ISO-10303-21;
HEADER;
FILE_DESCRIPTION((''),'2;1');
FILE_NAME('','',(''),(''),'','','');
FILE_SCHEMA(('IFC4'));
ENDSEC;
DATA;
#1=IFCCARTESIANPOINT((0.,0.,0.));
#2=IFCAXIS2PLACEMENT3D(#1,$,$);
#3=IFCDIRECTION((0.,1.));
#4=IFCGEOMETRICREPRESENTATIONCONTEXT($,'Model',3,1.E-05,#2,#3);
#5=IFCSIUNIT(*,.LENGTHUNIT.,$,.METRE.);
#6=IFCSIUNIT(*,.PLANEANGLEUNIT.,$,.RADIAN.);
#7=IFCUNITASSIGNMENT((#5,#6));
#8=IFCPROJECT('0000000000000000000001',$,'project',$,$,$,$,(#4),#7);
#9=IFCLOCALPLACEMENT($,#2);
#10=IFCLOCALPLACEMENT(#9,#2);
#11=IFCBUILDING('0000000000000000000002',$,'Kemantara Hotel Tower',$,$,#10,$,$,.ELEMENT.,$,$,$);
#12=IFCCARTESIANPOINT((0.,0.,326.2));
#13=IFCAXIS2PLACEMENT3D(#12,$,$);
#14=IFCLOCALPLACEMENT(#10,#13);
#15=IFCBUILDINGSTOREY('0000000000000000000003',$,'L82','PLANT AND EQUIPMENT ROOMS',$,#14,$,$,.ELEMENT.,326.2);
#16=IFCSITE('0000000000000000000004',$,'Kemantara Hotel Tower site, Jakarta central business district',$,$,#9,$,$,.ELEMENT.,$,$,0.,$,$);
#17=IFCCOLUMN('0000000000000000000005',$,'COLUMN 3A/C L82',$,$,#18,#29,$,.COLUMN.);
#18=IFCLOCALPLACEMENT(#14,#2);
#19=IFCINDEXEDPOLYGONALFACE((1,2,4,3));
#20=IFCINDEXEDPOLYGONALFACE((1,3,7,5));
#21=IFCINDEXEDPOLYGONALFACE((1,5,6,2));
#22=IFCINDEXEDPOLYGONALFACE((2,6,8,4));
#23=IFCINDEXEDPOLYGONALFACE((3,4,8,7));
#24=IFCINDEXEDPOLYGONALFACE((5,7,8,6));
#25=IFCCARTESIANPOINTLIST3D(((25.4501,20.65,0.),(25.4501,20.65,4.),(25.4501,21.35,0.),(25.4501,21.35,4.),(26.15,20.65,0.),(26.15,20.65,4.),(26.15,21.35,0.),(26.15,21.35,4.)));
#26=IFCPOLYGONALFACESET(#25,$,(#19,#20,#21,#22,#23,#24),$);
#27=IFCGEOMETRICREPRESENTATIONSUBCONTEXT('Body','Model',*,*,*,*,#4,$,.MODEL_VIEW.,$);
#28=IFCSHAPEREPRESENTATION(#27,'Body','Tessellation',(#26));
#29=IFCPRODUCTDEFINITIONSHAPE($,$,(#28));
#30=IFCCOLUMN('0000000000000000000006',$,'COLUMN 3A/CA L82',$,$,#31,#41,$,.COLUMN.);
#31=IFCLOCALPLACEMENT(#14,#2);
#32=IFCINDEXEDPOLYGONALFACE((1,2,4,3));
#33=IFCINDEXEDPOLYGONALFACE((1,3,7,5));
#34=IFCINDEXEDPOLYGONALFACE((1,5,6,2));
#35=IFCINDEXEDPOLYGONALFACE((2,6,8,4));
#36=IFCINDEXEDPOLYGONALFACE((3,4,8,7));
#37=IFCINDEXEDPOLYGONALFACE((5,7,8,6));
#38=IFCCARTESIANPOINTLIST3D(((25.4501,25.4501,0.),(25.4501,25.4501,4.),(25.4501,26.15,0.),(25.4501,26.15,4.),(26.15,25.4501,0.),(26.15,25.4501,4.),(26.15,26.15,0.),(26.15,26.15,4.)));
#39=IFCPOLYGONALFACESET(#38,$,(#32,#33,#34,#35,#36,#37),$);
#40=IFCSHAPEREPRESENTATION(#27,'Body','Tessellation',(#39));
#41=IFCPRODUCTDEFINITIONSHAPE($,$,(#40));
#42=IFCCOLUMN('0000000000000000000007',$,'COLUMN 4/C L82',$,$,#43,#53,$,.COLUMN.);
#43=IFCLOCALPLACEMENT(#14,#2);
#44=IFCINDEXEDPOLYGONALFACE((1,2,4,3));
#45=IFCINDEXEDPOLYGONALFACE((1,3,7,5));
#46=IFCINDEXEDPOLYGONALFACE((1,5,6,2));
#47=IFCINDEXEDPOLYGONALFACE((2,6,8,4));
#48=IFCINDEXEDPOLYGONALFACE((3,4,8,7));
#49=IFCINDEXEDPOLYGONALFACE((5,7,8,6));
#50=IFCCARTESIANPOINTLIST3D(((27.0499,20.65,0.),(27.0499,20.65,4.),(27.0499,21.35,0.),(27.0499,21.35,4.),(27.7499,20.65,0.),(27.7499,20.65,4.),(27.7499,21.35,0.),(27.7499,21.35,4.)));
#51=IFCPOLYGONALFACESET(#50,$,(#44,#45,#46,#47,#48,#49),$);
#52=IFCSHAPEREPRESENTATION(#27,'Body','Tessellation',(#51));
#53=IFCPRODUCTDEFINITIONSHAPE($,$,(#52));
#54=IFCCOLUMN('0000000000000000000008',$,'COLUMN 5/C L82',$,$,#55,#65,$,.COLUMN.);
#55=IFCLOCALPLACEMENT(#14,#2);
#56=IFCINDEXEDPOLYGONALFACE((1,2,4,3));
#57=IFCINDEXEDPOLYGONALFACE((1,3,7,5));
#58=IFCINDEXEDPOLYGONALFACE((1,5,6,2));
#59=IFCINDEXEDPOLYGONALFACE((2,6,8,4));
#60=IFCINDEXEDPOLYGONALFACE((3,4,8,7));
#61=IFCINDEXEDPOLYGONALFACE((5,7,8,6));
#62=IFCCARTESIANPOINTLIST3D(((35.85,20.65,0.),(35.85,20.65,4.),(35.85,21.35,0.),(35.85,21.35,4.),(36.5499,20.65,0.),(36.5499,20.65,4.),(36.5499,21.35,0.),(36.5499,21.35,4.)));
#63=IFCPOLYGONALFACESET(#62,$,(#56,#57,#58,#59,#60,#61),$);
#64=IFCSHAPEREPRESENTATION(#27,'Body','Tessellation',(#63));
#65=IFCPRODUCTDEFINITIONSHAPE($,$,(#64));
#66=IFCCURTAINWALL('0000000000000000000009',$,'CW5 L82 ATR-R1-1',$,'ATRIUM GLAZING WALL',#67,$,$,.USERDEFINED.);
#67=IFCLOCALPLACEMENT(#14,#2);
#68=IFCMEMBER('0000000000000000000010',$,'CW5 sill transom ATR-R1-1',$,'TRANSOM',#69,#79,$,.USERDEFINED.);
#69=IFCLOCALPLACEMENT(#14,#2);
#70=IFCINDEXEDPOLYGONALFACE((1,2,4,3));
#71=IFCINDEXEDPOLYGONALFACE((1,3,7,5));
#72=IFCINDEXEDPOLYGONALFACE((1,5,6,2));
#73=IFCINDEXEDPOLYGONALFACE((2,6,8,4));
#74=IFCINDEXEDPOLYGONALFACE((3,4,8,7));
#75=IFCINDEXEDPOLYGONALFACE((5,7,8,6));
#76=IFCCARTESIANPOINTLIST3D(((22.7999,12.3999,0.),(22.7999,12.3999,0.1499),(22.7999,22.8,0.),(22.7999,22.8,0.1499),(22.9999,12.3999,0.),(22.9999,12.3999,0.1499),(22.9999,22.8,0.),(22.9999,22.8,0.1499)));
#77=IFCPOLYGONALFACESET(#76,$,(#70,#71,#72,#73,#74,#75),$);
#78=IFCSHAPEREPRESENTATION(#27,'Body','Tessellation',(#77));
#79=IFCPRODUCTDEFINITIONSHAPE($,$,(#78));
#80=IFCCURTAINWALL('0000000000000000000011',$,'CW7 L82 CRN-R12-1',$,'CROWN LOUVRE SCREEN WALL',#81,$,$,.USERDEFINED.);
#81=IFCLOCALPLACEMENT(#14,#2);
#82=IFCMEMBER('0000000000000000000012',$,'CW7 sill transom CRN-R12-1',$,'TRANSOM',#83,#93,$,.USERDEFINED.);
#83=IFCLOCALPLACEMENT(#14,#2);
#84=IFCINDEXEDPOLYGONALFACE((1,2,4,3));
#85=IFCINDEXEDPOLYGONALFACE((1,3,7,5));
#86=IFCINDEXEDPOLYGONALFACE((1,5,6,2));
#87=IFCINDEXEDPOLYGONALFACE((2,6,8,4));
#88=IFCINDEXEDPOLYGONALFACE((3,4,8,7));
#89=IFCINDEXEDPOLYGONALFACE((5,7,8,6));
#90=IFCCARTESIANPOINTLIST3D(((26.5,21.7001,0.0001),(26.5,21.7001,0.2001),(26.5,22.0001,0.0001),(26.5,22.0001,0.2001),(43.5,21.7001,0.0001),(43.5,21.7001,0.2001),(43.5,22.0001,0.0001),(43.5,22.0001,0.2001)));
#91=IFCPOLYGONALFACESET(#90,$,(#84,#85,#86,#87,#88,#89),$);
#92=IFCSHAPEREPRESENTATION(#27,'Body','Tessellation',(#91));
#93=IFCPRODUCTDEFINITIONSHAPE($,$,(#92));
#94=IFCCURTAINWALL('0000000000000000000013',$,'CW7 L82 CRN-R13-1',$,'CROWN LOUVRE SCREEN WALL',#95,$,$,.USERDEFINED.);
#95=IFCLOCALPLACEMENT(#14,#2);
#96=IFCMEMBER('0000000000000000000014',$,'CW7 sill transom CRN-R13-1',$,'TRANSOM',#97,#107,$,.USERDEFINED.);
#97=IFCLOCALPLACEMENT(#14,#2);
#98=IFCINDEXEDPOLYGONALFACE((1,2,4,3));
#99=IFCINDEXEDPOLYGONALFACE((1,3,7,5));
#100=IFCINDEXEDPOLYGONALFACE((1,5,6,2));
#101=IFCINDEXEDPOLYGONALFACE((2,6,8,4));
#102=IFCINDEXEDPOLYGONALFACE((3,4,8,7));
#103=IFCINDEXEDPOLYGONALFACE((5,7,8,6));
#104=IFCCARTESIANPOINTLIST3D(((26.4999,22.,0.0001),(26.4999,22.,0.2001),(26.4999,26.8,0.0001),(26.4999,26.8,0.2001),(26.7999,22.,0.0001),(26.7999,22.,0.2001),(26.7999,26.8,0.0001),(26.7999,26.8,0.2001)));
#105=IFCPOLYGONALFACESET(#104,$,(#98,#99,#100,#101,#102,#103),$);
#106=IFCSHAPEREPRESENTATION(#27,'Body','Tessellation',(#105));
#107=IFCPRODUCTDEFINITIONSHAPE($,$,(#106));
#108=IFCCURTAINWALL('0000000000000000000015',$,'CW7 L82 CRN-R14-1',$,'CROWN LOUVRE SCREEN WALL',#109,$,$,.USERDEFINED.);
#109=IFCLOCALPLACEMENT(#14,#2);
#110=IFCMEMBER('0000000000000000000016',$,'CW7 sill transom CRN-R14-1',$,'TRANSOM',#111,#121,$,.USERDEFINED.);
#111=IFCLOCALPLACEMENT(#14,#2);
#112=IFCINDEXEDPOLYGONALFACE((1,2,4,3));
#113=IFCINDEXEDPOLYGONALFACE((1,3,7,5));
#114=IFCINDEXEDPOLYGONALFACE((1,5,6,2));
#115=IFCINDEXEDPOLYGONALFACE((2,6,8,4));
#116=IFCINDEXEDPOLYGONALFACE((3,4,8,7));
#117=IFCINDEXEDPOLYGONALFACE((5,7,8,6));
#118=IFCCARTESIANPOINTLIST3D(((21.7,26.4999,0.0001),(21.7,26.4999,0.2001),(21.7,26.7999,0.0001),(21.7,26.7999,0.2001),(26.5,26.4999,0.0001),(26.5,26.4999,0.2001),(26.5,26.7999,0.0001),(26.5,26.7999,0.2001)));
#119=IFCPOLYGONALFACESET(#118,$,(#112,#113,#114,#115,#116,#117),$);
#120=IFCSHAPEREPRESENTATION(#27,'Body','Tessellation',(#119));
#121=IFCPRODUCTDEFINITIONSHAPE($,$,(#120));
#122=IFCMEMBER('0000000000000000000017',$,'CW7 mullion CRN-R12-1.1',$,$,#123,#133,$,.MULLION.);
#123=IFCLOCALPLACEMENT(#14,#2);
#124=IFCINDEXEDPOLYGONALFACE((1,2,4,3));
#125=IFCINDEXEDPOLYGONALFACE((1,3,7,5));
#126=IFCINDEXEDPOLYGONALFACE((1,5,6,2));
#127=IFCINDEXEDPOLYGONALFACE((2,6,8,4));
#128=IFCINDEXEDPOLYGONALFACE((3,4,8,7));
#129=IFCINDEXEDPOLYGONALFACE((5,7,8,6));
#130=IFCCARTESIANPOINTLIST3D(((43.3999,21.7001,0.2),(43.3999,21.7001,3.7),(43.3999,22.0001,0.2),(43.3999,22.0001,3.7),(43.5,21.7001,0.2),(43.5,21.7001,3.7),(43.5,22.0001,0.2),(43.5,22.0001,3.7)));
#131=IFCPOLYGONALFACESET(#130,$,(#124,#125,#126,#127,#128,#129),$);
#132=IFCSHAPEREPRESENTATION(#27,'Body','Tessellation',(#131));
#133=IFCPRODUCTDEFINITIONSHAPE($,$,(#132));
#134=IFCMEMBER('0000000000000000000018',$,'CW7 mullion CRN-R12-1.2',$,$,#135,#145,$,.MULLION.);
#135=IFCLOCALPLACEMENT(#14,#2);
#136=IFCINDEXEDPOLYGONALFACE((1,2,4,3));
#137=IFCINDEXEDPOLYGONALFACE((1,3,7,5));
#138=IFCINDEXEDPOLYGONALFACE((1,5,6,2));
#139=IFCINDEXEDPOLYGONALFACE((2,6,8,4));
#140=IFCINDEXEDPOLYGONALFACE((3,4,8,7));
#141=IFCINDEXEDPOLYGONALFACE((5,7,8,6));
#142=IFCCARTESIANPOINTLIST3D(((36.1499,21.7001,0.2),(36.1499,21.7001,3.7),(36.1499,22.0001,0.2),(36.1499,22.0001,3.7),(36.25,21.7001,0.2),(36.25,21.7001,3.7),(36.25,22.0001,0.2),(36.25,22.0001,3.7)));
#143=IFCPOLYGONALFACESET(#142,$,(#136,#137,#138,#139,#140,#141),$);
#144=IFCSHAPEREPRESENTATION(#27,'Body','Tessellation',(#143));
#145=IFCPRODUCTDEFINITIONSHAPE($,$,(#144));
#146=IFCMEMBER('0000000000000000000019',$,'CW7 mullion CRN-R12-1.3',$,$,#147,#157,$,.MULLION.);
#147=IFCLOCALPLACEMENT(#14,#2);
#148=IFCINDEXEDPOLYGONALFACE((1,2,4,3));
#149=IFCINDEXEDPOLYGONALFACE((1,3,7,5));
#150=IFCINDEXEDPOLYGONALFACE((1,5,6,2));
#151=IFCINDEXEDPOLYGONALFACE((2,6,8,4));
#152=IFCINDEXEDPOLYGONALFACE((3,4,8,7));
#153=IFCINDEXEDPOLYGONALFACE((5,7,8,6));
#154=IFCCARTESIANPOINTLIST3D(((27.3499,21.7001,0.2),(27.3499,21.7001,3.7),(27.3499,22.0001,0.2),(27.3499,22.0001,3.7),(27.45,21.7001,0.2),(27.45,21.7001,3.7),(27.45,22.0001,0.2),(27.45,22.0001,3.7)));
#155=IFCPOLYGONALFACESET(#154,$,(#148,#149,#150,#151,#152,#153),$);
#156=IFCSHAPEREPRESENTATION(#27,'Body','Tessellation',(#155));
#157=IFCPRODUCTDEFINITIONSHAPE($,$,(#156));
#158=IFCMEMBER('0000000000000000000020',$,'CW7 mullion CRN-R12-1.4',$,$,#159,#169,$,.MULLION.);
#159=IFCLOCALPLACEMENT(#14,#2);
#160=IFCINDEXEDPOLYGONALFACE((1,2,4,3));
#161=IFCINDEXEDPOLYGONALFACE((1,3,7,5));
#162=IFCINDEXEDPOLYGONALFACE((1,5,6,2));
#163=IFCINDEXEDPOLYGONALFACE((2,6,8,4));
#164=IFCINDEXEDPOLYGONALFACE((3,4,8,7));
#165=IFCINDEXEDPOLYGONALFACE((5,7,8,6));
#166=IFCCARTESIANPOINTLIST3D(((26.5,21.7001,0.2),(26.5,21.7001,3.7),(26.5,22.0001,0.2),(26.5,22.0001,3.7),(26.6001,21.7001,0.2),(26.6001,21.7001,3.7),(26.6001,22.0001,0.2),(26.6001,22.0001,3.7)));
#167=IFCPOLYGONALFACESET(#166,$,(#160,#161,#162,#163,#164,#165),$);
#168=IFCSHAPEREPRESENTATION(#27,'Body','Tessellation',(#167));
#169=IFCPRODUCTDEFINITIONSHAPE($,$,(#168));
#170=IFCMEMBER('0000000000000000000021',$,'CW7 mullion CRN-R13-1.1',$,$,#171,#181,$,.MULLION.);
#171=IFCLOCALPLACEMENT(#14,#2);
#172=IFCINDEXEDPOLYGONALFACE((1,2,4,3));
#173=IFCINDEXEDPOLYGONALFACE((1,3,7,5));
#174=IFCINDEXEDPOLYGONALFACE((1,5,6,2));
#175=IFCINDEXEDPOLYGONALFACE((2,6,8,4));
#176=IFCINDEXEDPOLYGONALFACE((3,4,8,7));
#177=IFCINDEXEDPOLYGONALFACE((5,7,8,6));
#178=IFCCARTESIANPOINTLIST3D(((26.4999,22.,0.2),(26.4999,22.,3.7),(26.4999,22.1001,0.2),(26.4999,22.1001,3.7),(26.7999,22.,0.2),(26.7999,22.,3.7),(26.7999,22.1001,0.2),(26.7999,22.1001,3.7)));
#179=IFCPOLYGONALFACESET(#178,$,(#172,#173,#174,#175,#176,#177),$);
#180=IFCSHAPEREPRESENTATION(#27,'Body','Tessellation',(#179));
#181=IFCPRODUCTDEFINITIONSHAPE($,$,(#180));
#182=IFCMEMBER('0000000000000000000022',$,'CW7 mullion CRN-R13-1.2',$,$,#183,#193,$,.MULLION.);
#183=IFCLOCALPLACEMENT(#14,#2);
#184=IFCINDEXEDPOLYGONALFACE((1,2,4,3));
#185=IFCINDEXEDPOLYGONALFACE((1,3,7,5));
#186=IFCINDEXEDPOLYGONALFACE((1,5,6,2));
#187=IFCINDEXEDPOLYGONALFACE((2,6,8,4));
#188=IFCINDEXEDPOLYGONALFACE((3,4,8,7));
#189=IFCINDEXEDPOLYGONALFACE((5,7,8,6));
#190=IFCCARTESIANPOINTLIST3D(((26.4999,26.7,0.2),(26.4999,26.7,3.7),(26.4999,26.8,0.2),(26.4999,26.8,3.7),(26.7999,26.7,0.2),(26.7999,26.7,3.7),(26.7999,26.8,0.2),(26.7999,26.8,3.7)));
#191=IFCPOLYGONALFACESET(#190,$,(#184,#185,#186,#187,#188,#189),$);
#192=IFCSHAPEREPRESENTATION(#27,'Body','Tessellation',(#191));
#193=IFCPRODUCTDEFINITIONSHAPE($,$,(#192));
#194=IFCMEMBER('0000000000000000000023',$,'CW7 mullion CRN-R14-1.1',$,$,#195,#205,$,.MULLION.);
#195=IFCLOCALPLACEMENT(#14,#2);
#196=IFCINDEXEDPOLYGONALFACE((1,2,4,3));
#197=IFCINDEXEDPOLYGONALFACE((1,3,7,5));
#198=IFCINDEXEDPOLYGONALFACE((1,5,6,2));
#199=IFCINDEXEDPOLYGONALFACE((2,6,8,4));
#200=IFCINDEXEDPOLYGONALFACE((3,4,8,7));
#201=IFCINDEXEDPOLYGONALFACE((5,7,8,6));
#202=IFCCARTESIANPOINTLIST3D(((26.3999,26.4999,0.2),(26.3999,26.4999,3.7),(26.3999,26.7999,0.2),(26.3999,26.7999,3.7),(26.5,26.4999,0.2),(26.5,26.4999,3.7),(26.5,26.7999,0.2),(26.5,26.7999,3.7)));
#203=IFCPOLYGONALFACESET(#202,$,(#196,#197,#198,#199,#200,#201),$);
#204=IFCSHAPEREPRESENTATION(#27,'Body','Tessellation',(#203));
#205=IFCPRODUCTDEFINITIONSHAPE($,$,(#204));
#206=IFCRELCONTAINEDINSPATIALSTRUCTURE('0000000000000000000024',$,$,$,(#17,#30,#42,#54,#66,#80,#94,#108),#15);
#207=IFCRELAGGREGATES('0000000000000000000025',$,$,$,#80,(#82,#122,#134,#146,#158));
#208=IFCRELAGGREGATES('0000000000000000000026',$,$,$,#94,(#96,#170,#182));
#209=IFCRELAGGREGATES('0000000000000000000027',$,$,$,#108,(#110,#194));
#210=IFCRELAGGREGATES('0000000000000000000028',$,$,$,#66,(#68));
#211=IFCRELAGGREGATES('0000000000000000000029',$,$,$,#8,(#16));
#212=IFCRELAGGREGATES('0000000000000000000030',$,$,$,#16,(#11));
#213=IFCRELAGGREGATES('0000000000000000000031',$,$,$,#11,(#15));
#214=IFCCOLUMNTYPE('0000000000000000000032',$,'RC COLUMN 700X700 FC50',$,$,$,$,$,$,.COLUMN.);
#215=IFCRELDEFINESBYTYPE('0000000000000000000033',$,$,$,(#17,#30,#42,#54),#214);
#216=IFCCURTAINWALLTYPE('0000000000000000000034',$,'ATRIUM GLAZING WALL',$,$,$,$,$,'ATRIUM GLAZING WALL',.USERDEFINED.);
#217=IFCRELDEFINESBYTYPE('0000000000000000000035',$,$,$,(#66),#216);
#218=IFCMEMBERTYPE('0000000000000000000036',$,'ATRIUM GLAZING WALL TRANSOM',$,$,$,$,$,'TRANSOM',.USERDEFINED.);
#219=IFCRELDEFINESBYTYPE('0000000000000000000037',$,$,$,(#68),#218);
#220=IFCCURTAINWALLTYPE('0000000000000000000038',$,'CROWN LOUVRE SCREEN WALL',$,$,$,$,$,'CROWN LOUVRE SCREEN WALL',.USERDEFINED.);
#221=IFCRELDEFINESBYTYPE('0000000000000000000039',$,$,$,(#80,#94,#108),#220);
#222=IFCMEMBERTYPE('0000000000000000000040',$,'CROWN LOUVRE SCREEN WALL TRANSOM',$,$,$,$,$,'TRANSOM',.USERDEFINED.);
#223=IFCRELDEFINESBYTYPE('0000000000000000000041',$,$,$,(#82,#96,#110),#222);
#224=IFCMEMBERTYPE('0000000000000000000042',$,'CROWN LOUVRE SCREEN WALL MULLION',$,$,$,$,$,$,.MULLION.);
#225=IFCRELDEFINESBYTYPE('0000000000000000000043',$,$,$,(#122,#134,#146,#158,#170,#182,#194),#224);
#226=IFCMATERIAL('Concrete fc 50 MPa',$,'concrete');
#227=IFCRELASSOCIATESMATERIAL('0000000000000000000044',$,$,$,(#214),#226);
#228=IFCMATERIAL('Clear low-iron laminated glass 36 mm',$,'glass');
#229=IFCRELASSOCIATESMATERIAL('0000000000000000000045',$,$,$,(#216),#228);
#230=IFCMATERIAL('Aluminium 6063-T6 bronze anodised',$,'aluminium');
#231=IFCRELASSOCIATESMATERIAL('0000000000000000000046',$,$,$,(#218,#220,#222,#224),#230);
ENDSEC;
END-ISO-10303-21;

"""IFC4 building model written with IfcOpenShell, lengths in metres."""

from ifc_helpers import new_model, si_unit, direction, frame, origin, origin_2d, place, context, subcontext, project, spatial, rectangle, extrude, source, transform, mapped, material, material_profile, profile_set, type_object, element, aggregate, save


model = new_model("IFC4")

# Units and contexts
model_context = context("Model", 3, precision=1e-05, world=origin(), true_north=direction((0.0, 1.0)))
body_context = subcontext(model_context, "Body", "Model", "MODEL_VIEW")
ifc_project = project(units=[si_unit("LENGTHUNIT", "METRE"), si_unit("PLANEANGLEUNIT", "RADIAN")], contexts=[model_context])

# Site, building, storey
site_placement = place(None, origin())
site = spatial("IfcSite", under=ifc_project, at=site_placement, Name="Kemantara Hotel Tower site, Jakarta central business district", CompositionType="ELEMENT", RefElevation=0.0)
building_placement = place(site_placement, origin())
building = spatial("IfcBuilding", under=site, at=building_placement, Name="Kemantara Hotel Tower", CompositionType="ELEMENT")
storey_placement = place(building_placement, frame((0.0, 0.0, 326.2)))
storey = spatial("IfcBuildingStorey", under=building, at=storey_placement, Name="L82", Description="PLANT AND EQUIPMENT ROOMS", CompositionType="ELEMENT", Elevation=326.2)

# Columns
ifc_material_1 = material(Name="Concrete fc 50 MPa", Category="concrete")
ifc_material_profile_1 = material_profile(ifc_material_1, rectangle(XDim=0.7, YDim=0.7, at=origin_2d()), Name="RC 700X700")
ifc_profile_set_1 = profile_set([ifc_material_profile_1], Name="Concrete fc 50 MPa")
column_type = type_object("IfcColumnType", Name="RC COLUMN 700X700 FC50", PredefinedType="COLUMN", material=ifc_profile_set_1)
for number, where, z_axis, x_axis, name in (
    (1, (25.8, 21.0, 0.0), (0.0, 0.0, 1.0), (1.0, 0.0, 0.0), "COLUMN 3A/C L82"),
    (2, (25.8, 25.8, 0.0), (0.0, 0.0, 1.0), (1.0, 0.0, 0.0), "COLUMN 3A/CA L82"),
    (3, (27.3999, 21.0, 0.0), (0.0, 0.0, 1.0), (1.0, 0.0, 0.0), "COLUMN 4/C L82"),
    (4, (36.2, 21.0, 0.0), (0.0, 0.0, 1.0), (1.0, 0.0, 0.0), "COLUMN 5/C L82"),
):
    element("IfcColumn", number, at=place(storey_placement, frame(where, z_axis=z_axis, x_axis=x_axis)), inside=storey, type_object=column_type, Name=name, PredefinedType="COLUMN", context=body_context, shape_type="SweptSolid", body=[
        extrude(rectangle(XDim=0.7, YDim=0.7, at=origin_2d()), origin(), (0.0, 0.0, 1.0), 4.0),
    ])

# Curtain walls, members
ifc_material_2 = material(Name="Clear low-iron laminated glass 36 mm", Category="glass")
curtain_wall_type_1 = type_object("IfcCurtainWallType", Name="ATRIUM GLAZING WALL", ElementType="ATRIUM GLAZING WALL", PredefinedType="USERDEFINED", material=ifc_material_2)
curtain_wall_1_placement = place(storey_placement, origin())
curtain_wall_1 = element("IfcCurtainWall", 5, at=curtain_wall_1_placement, inside=storey, type_object=curtain_wall_type_1, Name="CW5 L82 ATR-R1-1", ObjectType="ATRIUM GLAZING WALL", PredefinedType="USERDEFINED")
ifc_material_3 = material(Name="Aluminium 6063-T6 bronze anodised", Category="aluminium")
ifc_material_profile_2 = material_profile(ifc_material_3, rectangle(XDim=0.2, YDim=0.1499, at=origin_2d()), Name="ATRIUM GLAZING WALL TRANSOM")
ifc_profile_set_2 = profile_set([ifc_material_profile_2], Name="Aluminium 6063-T6 bronze anodised")
member_type_1 = type_object("IfcMemberType", Name="ATRIUM GLAZING WALL TRANSOM", ElementType="TRANSOM", PredefinedType="USERDEFINED", material=ifc_profile_set_2)
member_1_placement = place(storey_placement, frame((22.8999, 22.8, 0.075), z_axis=(0.0, -1.0, 0.0), x_axis=(1.0, 0.0, 0.0)))
member_1 = element("IfcMember", 6, at=member_1_placement, type_object=member_type_1, Name="CW5 sill transom ATR-R1-1", ObjectType="TRANSOM", PredefinedType="USERDEFINED", context=body_context, shape_type="SweptSolid", body=[
    extrude(rectangle(XDim=0.2, YDim=0.1499, at=origin_2d()), origin(), (0.0, 0.0, 1.0), 10.4001),
])
curtain_wall_type_2 = type_object("IfcCurtainWallType", Name="CROWN LOUVRE SCREEN WALL", ElementType="CROWN LOUVRE SCREEN WALL", PredefinedType="USERDEFINED", material=ifc_material_3)
curtain_wall_2_placement = place(storey_placement, origin())
curtain_wall_2 = element("IfcCurtainWall", 7, at=curtain_wall_2_placement, inside=storey, type_object=curtain_wall_type_2, Name="CW7 L82 CRN-R12-1", ObjectType="CROWN LOUVRE SCREEN WALL", PredefinedType="USERDEFINED")
ifc_material_profile_3 = material_profile(ifc_material_3, rectangle(XDim=0.3, YDim=0.2, at=origin_2d()), Name="CROWN LOUVRE SCREEN WALL TRANSOM")
ifc_profile_set_3 = profile_set([ifc_material_profile_3], Name="Aluminium 6063-T6 bronze anodised")
member_type_2 = type_object("IfcMemberType", Name="CROWN LOUVRE SCREEN WALL TRANSOM", ElementType="TRANSOM", PredefinedType="USERDEFINED", material=ifc_profile_set_3)
member_2_placement = place(storey_placement, frame((43.5, 21.8501, 0.1001), z_axis=(-1.0, 0.0, 0.0), x_axis=(0.0, -1.0, 0.0)))
member_2 = element("IfcMember", 8, at=member_2_placement, type_object=member_type_2, Name="CW7 sill transom CRN-R12-1", ObjectType="TRANSOM", PredefinedType="USERDEFINED", context=body_context, shape_type="SweptSolid", body=[
    extrude(rectangle(XDim=0.3, YDim=0.2, at=origin_2d()), origin(), (0.0, 0.0, 1.0), 17.0),
])
curtain_wall_3_placement = place(storey_placement, origin())
curtain_wall_3 = element("IfcCurtainWall", 9, at=curtain_wall_3_placement, inside=storey, type_object=curtain_wall_type_2, Name="CW7 L82 CRN-R13-1", ObjectType="CROWN LOUVRE SCREEN WALL", PredefinedType="USERDEFINED")
member_3_placement = place(storey_placement, frame((26.6499, 22.0, 0.1001), z_axis=(0.0, 1.0, 0.0), x_axis=(-1.0, 0.0, 0.0)))
member_3 = element("IfcMember", 10, at=member_3_placement, type_object=member_type_2, Name="CW7 sill transom CRN-R13-1", ObjectType="TRANSOM", PredefinedType="USERDEFINED", context=body_context, shape_type="SweptSolid", body=[
    extrude(rectangle(XDim=0.3, YDim=0.2, at=origin_2d()), origin(), (0.0, 0.0, 1.0), 4.8),
])
curtain_wall_4_placement = place(storey_placement, origin())
curtain_wall_4 = element("IfcCurtainWall", 11, at=curtain_wall_4_placement, inside=storey, type_object=curtain_wall_type_2, Name="CW7 L82 CRN-R14-1", ObjectType="CROWN LOUVRE SCREEN WALL", PredefinedType="USERDEFINED")
member_4_placement = place(storey_placement, frame((26.5, 26.6499, 0.1001), z_axis=(-1.0, 0.0, 0.0), x_axis=(0.0, -1.0, 0.0)))
member_4 = element("IfcMember", 12, at=member_4_placement, type_object=member_type_2, Name="CW7 sill transom CRN-R14-1", ObjectType="TRANSOM", PredefinedType="USERDEFINED", context=body_context, shape_type="SweptSolid", body=[
    extrude(rectangle(XDim=0.3, YDim=0.2, at=origin_2d()), origin(), (0.0, 0.0, 1.0), 4.8),
])

# Members
ifc_material_profile_4 = material_profile(ifc_material_3, rectangle(XDim=0.3, YDim=0.1001, at=origin_2d()), Name="CROWN LOUVRE SCREEN WALL MULLION")
ifc_profile_set_4 = profile_set([ifc_material_profile_4], Name="Aluminium 6063-T6 bronze anodised")
member_type_3 = type_object("IfcMemberType", Name="CROWN LOUVRE SCREEN WALL MULLION", PredefinedType="MULLION", material=ifc_profile_set_4)
shared_shape_1 = source(origin(), body_context, "Body", "SweptSolid", [
    extrude(rectangle(XDim=0.3, YDim=0.1001, at=origin_2d()), origin(), (0.0, 0.0, 1.0), 3.5),
])
member_5_placement = place(storey_placement, frame((43.45, 21.8501, 0.2), z_axis=(0.0, 0.0, 1.0), x_axis=(0.0, -1.0, 0.0)))
member_5 = element("IfcMember", 13, at=member_5_placement, type_object=member_type_3, Name="CW7 mullion CRN-R12-1.1", PredefinedType="MULLION", context=body_context, shape_type="MappedRepresentation", body=[
    mapped(shared_shape_1, transform((0.0, 0.0, 0.0))),
])
member_6_placement = place(storey_placement, frame((36.2, 21.8501, 0.2), z_axis=(0.0, 0.0, 1.0), x_axis=(0.0, -1.0, 0.0)))
member_6 = element("IfcMember", 14, at=member_6_placement, type_object=member_type_3, Name="CW7 mullion CRN-R12-1.2", PredefinedType="MULLION", context=body_context, shape_type="MappedRepresentation", body=[
    mapped(shared_shape_1, transform((0.0, 0.0, 0.0))),
])
member_7_placement = place(storey_placement, frame((27.3999, 21.8501, 0.2), z_axis=(0.0, 0.0, 1.0), x_axis=(0.0, -1.0, 0.0)))
member_7 = element("IfcMember", 15, at=member_7_placement, type_object=member_type_3, Name="CW7 mullion CRN-R12-1.3", PredefinedType="MULLION", context=body_context, shape_type="MappedRepresentation", body=[
    mapped(shared_shape_1, transform((0.0, 0.0, 0.0))),
])
member_8_placement = place(storey_placement, frame((26.55, 21.8501, 0.2), z_axis=(0.0, 0.0, 1.0), x_axis=(0.0, -1.0, 0.0)))
member_8 = element("IfcMember", 16, at=member_8_placement, type_object=member_type_3, Name="CW7 mullion CRN-R12-1.4", PredefinedType="MULLION", context=body_context, shape_type="MappedRepresentation", body=[
    mapped(shared_shape_1, transform((0.0, 0.0, 0.0))),
])
member_9_placement = place(storey_placement, frame((26.6499, 22.05, 0.2), z_axis=(0.0, 0.0, 1.0), x_axis=(-1.0, 0.0, 0.0)))
member_9 = element("IfcMember", 17, at=member_9_placement, type_object=member_type_3, Name="CW7 mullion CRN-R13-1.1", PredefinedType="MULLION", context=body_context, shape_type="MappedRepresentation", body=[
    mapped(shared_shape_1, transform((0.0, 0.0, 0.0))),
])
member_10_placement = place(storey_placement, frame((26.6499, 26.75, 0.2), z_axis=(0.0, 0.0, 1.0), x_axis=(-1.0, 0.0, 0.0)))
member_10 = element("IfcMember", 18, at=member_10_placement, type_object=member_type_3, Name="CW7 mullion CRN-R13-1.2", PredefinedType="MULLION", context=body_context, shape_type="MappedRepresentation", body=[
    mapped(shared_shape_1, transform((0.0, 0.0, 0.0))),
])
member_11_placement = place(storey_placement, frame((26.45, 26.6499, 0.2), z_axis=(0.0, 0.0, 1.0), x_axis=(0.0, -1.0, 0.0)))
member_11 = element("IfcMember", 19, at=member_11_placement, type_object=member_type_3, Name="CW7 mullion CRN-R14-1.1", PredefinedType="MULLION", context=body_context, shape_type="MappedRepresentation", body=[
    mapped(shared_shape_1, transform((0.0, 0.0, 0.0))),
])

aggregate(curtain_wall_2, [member_2, member_5, member_6, member_7, member_8])
aggregate(curtain_wall_3, [member_3, member_9, member_10])
aggregate(curtain_wall_4, [member_4, member_11])
aggregate(curtain_wall_1, [member_1])

save(model, "model.ifc")
